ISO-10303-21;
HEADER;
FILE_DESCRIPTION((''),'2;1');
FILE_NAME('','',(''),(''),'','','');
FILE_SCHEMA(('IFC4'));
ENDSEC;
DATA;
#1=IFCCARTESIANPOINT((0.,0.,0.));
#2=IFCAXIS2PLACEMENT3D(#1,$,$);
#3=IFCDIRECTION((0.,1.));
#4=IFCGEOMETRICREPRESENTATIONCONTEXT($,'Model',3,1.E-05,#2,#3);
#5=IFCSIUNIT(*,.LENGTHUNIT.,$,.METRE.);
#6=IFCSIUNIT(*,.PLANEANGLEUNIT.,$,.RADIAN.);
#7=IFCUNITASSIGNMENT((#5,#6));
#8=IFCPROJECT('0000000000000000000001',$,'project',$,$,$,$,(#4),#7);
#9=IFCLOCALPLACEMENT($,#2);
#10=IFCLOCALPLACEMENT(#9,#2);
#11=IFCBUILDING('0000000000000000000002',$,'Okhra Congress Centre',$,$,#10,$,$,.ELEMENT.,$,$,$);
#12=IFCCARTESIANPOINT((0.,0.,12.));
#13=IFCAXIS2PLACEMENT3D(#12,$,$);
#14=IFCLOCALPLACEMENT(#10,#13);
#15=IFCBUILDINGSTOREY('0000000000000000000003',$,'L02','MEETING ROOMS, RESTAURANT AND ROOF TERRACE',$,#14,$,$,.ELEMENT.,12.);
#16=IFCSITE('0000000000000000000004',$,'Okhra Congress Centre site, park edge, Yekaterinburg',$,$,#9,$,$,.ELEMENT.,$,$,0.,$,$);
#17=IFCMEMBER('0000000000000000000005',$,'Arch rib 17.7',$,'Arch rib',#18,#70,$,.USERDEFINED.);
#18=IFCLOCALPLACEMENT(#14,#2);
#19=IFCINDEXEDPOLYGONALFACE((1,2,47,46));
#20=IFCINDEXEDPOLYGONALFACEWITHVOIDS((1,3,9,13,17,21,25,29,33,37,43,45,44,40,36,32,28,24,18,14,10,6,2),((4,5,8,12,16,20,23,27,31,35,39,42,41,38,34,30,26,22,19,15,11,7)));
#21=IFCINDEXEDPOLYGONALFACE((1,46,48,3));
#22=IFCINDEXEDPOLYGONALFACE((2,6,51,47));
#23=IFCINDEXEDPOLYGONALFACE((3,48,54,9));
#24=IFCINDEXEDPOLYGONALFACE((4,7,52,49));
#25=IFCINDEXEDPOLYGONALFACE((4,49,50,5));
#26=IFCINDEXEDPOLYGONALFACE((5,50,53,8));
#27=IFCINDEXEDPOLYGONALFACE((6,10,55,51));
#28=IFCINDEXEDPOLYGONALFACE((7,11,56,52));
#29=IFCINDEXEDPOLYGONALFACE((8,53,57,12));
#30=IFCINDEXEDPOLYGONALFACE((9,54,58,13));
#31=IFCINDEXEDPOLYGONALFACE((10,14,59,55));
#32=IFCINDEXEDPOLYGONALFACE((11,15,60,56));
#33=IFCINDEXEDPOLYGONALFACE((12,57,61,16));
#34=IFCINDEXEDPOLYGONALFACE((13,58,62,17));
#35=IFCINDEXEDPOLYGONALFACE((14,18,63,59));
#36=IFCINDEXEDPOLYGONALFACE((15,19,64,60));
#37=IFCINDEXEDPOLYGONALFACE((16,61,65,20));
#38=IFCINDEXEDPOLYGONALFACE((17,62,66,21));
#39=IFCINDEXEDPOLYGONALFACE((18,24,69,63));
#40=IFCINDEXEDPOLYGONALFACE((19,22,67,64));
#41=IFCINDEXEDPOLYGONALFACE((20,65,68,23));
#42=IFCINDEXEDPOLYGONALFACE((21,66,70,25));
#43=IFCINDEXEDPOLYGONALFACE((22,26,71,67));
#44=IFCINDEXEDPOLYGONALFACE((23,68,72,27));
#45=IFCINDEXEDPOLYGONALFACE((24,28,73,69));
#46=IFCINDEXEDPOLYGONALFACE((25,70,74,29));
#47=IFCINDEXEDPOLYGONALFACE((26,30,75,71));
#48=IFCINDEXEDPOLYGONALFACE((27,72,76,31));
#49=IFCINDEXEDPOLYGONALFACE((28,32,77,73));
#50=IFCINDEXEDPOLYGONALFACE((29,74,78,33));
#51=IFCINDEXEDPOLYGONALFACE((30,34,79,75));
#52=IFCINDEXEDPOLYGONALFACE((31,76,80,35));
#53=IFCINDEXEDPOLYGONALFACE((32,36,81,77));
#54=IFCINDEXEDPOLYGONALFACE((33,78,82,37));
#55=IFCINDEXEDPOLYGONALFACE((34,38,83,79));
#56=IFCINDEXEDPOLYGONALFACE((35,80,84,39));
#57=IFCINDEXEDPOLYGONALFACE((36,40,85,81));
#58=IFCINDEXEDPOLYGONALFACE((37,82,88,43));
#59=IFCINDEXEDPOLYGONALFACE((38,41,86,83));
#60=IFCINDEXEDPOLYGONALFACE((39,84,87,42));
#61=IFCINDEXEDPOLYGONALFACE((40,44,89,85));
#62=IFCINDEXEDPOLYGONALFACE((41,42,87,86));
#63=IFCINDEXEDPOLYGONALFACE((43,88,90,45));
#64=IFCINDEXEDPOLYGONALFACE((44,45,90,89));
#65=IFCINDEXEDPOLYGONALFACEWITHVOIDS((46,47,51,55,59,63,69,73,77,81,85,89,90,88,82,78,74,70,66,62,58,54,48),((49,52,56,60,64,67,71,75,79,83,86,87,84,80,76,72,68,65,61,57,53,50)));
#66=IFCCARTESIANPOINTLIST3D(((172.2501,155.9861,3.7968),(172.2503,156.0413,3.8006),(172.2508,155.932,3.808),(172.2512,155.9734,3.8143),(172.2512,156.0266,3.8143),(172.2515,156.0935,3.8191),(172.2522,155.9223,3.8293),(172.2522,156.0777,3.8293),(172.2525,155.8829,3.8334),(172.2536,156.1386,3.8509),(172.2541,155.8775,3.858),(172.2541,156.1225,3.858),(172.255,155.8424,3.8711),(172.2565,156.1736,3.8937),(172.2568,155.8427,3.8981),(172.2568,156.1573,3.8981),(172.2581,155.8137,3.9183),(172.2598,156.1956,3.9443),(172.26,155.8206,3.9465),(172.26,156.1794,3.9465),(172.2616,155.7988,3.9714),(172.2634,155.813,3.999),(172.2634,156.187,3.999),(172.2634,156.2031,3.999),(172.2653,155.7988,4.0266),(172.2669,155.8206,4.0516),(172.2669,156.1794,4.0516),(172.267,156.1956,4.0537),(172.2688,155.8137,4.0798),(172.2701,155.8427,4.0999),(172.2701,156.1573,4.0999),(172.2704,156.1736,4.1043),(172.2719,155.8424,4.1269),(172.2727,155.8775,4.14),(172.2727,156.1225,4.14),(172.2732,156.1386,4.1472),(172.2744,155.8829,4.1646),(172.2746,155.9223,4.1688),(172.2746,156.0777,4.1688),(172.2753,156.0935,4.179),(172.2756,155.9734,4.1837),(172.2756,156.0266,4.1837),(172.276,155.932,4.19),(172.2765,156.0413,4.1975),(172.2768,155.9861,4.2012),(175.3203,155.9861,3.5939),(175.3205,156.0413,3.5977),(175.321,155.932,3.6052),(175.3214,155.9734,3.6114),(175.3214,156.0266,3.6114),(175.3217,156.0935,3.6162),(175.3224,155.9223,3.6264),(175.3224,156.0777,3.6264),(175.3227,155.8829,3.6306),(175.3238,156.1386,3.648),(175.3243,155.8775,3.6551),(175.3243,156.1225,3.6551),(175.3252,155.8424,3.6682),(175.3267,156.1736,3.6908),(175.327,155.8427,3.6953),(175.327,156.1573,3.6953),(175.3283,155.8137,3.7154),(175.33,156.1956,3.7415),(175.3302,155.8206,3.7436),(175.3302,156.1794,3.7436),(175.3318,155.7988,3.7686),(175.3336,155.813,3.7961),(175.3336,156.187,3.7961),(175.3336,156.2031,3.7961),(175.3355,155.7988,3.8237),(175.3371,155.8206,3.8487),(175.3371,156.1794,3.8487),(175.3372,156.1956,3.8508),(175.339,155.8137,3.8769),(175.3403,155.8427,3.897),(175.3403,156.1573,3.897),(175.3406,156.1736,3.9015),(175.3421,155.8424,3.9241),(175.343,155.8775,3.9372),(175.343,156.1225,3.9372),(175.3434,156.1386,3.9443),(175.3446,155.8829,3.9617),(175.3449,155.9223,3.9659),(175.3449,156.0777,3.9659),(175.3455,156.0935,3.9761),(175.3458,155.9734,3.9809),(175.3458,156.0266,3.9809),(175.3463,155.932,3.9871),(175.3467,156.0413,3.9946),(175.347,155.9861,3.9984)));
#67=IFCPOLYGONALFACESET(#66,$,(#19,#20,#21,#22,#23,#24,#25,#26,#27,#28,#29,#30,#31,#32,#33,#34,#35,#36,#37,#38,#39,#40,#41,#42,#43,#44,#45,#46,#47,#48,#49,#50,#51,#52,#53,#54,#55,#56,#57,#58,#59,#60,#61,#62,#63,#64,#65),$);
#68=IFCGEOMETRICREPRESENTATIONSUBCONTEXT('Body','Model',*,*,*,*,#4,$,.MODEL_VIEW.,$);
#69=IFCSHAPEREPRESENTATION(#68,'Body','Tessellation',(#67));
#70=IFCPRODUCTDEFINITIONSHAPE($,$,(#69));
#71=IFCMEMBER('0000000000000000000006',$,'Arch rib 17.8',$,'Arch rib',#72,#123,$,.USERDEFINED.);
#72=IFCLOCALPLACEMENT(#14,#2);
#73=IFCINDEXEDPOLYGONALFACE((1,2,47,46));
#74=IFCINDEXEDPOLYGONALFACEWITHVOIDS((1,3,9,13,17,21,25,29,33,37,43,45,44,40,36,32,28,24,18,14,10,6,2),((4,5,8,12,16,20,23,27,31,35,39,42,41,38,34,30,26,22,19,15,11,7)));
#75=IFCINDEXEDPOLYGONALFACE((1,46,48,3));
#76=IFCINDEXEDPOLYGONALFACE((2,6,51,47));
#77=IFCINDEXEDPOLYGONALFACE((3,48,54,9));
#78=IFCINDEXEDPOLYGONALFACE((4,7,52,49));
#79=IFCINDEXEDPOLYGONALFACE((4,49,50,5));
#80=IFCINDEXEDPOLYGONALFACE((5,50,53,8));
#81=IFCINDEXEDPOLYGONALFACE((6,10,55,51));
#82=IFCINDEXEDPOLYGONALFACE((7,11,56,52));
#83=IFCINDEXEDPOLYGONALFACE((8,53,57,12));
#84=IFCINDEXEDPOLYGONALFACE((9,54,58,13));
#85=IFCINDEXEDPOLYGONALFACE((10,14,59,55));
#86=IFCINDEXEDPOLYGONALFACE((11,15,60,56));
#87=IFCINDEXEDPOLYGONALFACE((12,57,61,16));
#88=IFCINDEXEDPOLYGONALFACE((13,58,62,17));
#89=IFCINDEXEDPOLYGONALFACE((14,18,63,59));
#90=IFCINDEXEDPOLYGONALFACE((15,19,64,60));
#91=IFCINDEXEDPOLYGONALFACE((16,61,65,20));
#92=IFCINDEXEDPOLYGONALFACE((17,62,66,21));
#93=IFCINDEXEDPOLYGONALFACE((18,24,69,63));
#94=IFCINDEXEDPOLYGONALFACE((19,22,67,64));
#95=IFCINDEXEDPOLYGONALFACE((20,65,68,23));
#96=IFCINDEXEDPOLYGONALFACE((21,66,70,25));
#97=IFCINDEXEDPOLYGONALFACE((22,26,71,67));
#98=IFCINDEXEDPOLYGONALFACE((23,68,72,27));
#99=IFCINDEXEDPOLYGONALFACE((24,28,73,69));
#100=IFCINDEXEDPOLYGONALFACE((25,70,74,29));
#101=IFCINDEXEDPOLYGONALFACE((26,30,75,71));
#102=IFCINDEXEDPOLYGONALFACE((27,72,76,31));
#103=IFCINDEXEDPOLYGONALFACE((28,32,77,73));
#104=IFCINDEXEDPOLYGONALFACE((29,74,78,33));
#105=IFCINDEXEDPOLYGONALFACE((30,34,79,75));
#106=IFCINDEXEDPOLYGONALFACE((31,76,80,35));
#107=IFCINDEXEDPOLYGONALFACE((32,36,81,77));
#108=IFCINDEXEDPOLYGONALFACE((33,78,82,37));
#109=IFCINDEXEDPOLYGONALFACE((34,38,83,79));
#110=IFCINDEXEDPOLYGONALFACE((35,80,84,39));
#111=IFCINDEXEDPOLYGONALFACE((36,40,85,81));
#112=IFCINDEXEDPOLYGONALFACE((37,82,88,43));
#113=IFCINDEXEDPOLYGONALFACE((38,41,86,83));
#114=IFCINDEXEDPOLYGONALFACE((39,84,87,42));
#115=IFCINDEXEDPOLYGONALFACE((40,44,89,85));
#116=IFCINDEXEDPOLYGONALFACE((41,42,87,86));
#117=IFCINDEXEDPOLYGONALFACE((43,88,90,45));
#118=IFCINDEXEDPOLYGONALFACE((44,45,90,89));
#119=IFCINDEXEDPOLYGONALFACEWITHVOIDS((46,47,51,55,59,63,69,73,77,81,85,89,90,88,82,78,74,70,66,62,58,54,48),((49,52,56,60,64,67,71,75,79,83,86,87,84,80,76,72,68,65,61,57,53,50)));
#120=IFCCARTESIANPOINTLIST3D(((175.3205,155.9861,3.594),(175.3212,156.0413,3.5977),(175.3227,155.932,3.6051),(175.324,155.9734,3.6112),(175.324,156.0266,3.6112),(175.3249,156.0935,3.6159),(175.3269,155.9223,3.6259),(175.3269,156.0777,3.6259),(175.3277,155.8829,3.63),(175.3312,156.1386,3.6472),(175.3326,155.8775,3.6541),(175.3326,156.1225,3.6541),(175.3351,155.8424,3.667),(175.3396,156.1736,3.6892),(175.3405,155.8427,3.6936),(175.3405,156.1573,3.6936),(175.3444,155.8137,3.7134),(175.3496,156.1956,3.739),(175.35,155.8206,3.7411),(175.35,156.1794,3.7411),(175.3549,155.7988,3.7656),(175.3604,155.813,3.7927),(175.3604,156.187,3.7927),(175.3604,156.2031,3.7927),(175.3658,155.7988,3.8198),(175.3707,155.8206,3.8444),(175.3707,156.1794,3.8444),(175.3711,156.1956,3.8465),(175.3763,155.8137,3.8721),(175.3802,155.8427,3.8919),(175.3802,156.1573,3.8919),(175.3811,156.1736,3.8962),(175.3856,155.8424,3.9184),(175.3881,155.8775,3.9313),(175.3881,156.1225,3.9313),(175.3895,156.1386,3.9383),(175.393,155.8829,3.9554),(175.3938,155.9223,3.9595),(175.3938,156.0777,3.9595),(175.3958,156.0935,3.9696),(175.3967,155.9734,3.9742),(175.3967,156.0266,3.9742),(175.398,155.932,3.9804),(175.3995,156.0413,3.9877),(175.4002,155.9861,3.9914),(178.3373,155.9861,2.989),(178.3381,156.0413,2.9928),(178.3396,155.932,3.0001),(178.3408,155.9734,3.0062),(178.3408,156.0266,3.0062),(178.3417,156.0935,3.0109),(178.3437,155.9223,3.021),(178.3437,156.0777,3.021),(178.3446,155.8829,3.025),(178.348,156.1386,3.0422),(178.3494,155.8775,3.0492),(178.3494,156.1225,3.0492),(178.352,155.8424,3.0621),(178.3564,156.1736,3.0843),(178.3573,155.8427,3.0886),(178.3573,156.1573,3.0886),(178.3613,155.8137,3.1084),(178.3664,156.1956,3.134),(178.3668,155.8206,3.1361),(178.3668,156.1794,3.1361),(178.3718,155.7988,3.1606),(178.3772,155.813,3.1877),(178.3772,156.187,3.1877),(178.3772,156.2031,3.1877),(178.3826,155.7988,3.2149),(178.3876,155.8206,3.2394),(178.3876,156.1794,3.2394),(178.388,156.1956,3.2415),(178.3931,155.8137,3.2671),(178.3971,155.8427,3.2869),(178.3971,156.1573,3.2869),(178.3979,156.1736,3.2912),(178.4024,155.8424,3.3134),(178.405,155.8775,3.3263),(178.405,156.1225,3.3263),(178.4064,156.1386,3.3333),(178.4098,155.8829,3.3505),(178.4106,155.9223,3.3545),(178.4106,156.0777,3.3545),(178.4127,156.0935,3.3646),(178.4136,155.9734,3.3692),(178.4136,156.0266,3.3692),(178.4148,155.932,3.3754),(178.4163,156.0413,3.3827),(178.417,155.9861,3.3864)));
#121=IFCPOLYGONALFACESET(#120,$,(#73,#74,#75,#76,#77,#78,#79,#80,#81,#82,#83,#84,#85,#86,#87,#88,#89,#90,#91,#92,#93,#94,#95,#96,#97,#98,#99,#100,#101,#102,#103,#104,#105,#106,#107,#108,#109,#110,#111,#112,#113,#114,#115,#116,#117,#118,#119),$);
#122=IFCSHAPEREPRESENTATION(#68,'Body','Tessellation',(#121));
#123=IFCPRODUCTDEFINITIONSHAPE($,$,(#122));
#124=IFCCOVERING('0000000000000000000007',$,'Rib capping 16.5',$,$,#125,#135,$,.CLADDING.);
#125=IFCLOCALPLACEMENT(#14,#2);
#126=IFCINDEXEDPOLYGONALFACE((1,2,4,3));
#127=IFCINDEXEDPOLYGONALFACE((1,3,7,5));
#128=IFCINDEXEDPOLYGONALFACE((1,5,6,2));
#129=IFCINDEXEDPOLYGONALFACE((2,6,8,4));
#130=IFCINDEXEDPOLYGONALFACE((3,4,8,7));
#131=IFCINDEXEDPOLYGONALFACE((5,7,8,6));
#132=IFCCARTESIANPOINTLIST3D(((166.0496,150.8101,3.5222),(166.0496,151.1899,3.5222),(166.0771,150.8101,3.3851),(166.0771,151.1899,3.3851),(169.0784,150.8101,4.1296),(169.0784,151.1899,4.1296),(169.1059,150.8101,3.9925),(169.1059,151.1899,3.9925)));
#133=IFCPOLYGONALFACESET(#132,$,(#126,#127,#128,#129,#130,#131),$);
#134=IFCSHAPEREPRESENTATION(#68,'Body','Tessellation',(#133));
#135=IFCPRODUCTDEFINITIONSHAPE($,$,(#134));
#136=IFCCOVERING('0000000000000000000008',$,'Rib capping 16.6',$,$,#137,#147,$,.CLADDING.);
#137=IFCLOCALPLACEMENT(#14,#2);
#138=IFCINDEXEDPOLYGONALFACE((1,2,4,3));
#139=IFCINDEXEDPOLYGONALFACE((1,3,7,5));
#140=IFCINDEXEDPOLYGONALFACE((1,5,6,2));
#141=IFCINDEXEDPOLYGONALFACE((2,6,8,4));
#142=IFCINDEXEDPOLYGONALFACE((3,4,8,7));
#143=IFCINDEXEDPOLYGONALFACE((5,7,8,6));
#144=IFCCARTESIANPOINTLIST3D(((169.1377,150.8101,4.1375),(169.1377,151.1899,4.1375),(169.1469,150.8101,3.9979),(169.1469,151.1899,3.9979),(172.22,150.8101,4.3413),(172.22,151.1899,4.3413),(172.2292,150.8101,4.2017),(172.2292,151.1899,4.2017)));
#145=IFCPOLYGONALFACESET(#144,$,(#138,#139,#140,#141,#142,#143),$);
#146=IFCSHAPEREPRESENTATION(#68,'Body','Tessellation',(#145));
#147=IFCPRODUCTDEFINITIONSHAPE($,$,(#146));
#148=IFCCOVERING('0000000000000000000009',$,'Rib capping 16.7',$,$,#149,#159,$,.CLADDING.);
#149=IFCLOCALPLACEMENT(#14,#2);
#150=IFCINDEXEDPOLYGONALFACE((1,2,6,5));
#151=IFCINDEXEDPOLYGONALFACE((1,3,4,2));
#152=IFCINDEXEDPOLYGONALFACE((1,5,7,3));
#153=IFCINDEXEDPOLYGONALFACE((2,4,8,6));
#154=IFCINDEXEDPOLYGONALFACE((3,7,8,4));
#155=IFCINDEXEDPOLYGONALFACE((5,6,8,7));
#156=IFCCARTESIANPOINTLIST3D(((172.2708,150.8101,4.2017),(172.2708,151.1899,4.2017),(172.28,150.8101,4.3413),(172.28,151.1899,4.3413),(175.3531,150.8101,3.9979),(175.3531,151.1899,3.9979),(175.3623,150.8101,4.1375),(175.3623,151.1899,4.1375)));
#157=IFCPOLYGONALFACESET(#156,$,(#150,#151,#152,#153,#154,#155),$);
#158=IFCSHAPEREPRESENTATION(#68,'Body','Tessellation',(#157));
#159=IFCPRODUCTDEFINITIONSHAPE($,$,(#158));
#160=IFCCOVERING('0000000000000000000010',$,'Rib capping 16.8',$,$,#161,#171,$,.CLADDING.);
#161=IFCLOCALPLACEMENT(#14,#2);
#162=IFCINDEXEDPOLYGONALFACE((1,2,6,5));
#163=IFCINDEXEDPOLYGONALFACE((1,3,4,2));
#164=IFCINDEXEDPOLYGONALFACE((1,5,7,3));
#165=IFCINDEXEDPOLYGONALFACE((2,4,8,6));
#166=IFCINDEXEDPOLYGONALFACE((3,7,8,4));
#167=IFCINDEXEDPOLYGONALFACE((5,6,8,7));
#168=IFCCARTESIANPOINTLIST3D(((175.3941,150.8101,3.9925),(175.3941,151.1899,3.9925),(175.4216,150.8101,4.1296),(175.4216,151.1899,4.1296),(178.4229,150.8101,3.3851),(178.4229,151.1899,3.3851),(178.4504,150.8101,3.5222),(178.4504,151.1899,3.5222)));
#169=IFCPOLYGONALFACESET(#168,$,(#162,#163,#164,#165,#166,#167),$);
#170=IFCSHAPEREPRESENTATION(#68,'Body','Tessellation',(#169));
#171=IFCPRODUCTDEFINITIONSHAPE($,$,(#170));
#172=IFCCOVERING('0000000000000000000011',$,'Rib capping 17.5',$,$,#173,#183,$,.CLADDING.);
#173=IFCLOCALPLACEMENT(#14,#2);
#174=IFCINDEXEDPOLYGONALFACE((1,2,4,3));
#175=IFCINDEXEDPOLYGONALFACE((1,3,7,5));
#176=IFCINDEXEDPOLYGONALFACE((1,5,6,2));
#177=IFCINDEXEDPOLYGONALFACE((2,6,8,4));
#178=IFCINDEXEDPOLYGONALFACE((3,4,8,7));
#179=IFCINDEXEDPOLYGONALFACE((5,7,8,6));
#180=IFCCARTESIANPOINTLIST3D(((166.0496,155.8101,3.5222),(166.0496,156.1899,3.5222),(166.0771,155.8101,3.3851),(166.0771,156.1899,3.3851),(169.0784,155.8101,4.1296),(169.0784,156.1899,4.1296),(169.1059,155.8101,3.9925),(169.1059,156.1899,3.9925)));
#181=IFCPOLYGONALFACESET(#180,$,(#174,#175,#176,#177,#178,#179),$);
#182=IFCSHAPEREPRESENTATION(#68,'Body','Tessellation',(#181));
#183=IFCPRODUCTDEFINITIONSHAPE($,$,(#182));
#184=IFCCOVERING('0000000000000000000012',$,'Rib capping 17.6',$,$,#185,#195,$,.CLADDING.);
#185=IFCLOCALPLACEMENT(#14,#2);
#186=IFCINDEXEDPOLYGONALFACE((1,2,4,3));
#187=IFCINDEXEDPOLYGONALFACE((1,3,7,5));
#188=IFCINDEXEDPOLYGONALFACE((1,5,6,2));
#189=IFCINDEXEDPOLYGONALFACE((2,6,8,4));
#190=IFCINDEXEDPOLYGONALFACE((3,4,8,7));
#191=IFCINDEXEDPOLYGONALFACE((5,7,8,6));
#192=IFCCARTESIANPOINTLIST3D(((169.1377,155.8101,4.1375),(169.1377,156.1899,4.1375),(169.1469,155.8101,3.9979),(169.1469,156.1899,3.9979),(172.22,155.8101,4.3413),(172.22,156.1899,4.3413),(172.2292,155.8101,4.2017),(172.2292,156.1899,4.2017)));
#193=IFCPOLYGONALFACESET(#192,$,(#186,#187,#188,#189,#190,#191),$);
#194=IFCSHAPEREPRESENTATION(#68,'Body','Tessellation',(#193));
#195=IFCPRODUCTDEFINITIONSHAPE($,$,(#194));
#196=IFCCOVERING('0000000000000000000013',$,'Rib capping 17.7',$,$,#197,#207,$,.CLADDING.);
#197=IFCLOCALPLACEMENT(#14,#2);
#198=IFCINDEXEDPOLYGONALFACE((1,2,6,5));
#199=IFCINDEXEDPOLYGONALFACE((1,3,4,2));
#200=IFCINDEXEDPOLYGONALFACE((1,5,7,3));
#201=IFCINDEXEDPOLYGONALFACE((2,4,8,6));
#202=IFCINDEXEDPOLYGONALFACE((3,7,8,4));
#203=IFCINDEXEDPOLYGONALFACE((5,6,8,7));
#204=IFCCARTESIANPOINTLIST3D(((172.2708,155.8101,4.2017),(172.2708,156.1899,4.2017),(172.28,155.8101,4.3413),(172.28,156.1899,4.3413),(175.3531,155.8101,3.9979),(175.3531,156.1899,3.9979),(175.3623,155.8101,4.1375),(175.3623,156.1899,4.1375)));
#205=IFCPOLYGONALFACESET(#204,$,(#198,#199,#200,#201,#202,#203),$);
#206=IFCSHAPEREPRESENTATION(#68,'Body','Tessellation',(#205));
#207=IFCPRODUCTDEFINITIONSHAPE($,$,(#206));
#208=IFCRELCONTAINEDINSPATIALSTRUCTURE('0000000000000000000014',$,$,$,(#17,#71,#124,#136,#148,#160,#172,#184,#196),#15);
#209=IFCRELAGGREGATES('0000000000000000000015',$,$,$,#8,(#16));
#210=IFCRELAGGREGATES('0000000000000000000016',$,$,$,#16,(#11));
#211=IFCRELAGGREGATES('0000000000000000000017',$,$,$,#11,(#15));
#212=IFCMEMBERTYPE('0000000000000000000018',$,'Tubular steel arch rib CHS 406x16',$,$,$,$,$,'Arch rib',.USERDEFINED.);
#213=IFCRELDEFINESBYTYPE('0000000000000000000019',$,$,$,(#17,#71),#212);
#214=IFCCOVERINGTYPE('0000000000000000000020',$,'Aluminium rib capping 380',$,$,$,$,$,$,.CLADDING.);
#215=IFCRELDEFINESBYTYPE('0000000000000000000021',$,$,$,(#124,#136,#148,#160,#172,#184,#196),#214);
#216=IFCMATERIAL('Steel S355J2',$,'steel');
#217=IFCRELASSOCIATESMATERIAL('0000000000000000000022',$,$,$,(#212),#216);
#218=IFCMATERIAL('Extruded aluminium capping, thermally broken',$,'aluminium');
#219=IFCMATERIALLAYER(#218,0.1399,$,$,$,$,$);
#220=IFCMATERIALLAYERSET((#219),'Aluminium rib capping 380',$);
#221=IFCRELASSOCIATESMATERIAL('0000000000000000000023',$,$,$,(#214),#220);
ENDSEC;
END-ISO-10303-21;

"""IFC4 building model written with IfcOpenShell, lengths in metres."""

from ifc_helpers import new_model, si_unit, direction, frame, origin, origin_2d, place, context, subcontext, project, spatial, polyline, hollow_circle, outline, extrude, material, layer, layer_set, material_profile, profile_set, type_object, element, save


model = new_model("IFC4")

# Units and contexts
model_context = context("Model", 3, precision=1e-05, world=origin(), true_north=direction((0.0, 1.0)))
body_context = subcontext(model_context, "Body", "Model", "MODEL_VIEW")
ifc_project = project(units=[si_unit("LENGTHUNIT", "METRE"), si_unit("PLANEANGLEUNIT", "RADIAN")], contexts=[model_context])

# Site, building, storey
site_placement = place(None, origin())
site = spatial("IfcSite", under=ifc_project, at=site_placement, Name="Okhra Congress Centre site, park edge, Yekaterinburg", CompositionType="ELEMENT", RefElevation=0.0)
building_placement = place(site_placement, origin())
building = spatial("IfcBuilding", under=site, at=building_placement, Name="Okhra Congress Centre", CompositionType="ELEMENT")
storey_placement = place(building_placement, frame((0.0, 0.0, 12.0)))
storey = spatial("IfcBuildingStorey", under=building, at=storey_placement, Name="L02", Description="MEETING ROOMS, RESTAURANT AND ROOF TERRACE", CompositionType="ELEMENT", Elevation=12.0)

# Members
ifc_material_1 = material(Name="Steel S355J2", Category="steel")
ifc_material_profile_1 = material_profile(ifc_material_1, hollow_circle(Radius=0.2031, WallThickness=0.0161, at=origin_2d()), Name="CHS 406.4x16")
ifc_profile_set_1 = profile_set([ifc_material_profile_1], Name="Steel S355J2")
member_type_1 = type_object("IfcMemberType", Name="Tubular steel arch rib CHS 406x16", ElementType="Arch rib", PredefinedType="USERDEFINED", material=ifc_profile_set_1)
for number, where, z_axis, x_axis, name in (
    (1, (172.2634, 156.0, 3.999), (0.997824, 0.0, -0.065934), (0.0, 1.0, 0.0), "Arch rib 17.7"),
    (2, (175.3604, 156.0, 3.7927), (0.98048, 0.0, -0.19662), (0.0, 1.0, 0.0), "Arch rib 17.8"),
):
    element("IfcMember", number, at=place(storey_placement, frame(where, z_axis=z_axis, x_axis=x_axis)), inside=storey, type_object=member_type_1, Name=name, ObjectType="Arch rib", PredefinedType="USERDEFINED", context=body_context, shape_type="SweptSolid", body=[
        extrude(hollow_circle(Radius=0.2031, WallThickness=0.0161, at=origin_2d()), origin(), (0.0, 0.0, 1.0), 3.0769),
    ])

# Coverings
ifc_material_2 = material(Name="Extruded aluminium capping, thermally broken", Category="aluminium")
ifc_layer = layer(ifc_material_2, 0.1399)
ifc_layer_set = layer_set([ifc_layer], Name="Aluminium rib capping 380")
covering_type = type_object("IfcCoveringType", Name="Aluminium rib capping 380", PredefinedType="CLADDING", material=ifc_layer_set)
covering_1_placement = place(storey_placement, frame((166.0496, 150.8101, 3.5222), z_axis=(-0.196633, 0.0, 0.980477), x_axis=(0.980477, 0.0, 0.196633)))
element("IfcCovering", 3, at=covering_1_placement, inside=storey, type_object=covering_type, Name="Rib capping 16.5", PredefinedType="CLADDING", context=body_context, shape_type="SweptSolid", body=[
    extrude(outline(polyline([(0.0, 0.0), (3.0891, 0.0), (3.0891, 0.3799), (0.0, 0.3799), (0.0, 0.0)])), origin(), (0.0, 0.0, -1.0), 0.1399),
])
for number, where, z_axis, x_axis, name in (
    (4, (169.1377, 150.8101, 4.1375), (-0.065994, 0.0, 0.99782), (0.99782, 0.0, 0.065994), "Rib capping 16.6"),
    (5, (172.28, 150.8101, 4.3413), (0.065994, 0.0, 0.99782), (0.99782, 0.0, -0.065994), "Rib capping 16.7"),
):
    element("IfcCovering", number, at=place(storey_placement, frame(where, z_axis=z_axis, x_axis=x_axis)), inside=storey, type_object=covering_type, Name=name, PredefinedType="CLADDING", context=body_context, shape_type="SweptSolid", body=[
        extrude(outline(polyline([(0.0, 0.0), (3.089, 0.0), (3.089, 0.3799), (0.0, 0.3799), (0.0, 0.0)])), origin(), (0.0, 0.0, -1.0), 0.1399),
    ])
for number, where, z_axis, x_axis, name in (
    (6, (175.4216, 150.8101, 4.1296), (0.196633, 0.0, 0.980477), (0.980477, 0.0, -0.196633), "Rib capping 16.8"),
    (7, (166.0496, 155.8101, 3.5222), (-0.196633, 0.0, 0.980477), (0.980477, 0.0, 0.196633), "Rib capping 17.5"),
):
    element("IfcCovering", number, at=place(storey_placement, frame(where, z_axis=z_axis, x_axis=x_axis)), inside=storey, type_object=covering_type, Name=name, PredefinedType="CLADDING", context=body_context, shape_type="SweptSolid", body=[
        extrude(outline(polyline([(0.0, 0.0), (3.0891, 0.0), (3.0891, 0.3799), (0.0, 0.3799), (0.0, 0.0)])), origin(), (0.0, 0.0, -1.0), 0.1399),
    ])
for number, where, z_axis, x_axis, name in (
    (8, (169.1377, 155.8101, 4.1375), (-0.065994, 0.0, 0.99782), (0.99782, 0.0, 0.065994), "Rib capping 17.6"),
    (9, (172.28, 155.8101, 4.3413), (0.065994, 0.0, 0.99782), (0.99782, 0.0, -0.065994), "Rib capping 17.7"),
):
    element("IfcCovering", number, at=place(storey_placement, frame(where, z_axis=z_axis, x_axis=x_axis)), inside=storey, type_object=covering_type, Name=name, PredefinedType="CLADDING", context=body_context, shape_type="SweptSolid", body=[
        extrude(outline(polyline([(0.0, 0.0), (3.089, 0.0), (3.089, 0.3799), (0.0, 0.3799), (0.0, 0.0)])), origin(), (0.0, 0.0, -1.0), 0.1399),
    ])

save(model, "model.ifc")
